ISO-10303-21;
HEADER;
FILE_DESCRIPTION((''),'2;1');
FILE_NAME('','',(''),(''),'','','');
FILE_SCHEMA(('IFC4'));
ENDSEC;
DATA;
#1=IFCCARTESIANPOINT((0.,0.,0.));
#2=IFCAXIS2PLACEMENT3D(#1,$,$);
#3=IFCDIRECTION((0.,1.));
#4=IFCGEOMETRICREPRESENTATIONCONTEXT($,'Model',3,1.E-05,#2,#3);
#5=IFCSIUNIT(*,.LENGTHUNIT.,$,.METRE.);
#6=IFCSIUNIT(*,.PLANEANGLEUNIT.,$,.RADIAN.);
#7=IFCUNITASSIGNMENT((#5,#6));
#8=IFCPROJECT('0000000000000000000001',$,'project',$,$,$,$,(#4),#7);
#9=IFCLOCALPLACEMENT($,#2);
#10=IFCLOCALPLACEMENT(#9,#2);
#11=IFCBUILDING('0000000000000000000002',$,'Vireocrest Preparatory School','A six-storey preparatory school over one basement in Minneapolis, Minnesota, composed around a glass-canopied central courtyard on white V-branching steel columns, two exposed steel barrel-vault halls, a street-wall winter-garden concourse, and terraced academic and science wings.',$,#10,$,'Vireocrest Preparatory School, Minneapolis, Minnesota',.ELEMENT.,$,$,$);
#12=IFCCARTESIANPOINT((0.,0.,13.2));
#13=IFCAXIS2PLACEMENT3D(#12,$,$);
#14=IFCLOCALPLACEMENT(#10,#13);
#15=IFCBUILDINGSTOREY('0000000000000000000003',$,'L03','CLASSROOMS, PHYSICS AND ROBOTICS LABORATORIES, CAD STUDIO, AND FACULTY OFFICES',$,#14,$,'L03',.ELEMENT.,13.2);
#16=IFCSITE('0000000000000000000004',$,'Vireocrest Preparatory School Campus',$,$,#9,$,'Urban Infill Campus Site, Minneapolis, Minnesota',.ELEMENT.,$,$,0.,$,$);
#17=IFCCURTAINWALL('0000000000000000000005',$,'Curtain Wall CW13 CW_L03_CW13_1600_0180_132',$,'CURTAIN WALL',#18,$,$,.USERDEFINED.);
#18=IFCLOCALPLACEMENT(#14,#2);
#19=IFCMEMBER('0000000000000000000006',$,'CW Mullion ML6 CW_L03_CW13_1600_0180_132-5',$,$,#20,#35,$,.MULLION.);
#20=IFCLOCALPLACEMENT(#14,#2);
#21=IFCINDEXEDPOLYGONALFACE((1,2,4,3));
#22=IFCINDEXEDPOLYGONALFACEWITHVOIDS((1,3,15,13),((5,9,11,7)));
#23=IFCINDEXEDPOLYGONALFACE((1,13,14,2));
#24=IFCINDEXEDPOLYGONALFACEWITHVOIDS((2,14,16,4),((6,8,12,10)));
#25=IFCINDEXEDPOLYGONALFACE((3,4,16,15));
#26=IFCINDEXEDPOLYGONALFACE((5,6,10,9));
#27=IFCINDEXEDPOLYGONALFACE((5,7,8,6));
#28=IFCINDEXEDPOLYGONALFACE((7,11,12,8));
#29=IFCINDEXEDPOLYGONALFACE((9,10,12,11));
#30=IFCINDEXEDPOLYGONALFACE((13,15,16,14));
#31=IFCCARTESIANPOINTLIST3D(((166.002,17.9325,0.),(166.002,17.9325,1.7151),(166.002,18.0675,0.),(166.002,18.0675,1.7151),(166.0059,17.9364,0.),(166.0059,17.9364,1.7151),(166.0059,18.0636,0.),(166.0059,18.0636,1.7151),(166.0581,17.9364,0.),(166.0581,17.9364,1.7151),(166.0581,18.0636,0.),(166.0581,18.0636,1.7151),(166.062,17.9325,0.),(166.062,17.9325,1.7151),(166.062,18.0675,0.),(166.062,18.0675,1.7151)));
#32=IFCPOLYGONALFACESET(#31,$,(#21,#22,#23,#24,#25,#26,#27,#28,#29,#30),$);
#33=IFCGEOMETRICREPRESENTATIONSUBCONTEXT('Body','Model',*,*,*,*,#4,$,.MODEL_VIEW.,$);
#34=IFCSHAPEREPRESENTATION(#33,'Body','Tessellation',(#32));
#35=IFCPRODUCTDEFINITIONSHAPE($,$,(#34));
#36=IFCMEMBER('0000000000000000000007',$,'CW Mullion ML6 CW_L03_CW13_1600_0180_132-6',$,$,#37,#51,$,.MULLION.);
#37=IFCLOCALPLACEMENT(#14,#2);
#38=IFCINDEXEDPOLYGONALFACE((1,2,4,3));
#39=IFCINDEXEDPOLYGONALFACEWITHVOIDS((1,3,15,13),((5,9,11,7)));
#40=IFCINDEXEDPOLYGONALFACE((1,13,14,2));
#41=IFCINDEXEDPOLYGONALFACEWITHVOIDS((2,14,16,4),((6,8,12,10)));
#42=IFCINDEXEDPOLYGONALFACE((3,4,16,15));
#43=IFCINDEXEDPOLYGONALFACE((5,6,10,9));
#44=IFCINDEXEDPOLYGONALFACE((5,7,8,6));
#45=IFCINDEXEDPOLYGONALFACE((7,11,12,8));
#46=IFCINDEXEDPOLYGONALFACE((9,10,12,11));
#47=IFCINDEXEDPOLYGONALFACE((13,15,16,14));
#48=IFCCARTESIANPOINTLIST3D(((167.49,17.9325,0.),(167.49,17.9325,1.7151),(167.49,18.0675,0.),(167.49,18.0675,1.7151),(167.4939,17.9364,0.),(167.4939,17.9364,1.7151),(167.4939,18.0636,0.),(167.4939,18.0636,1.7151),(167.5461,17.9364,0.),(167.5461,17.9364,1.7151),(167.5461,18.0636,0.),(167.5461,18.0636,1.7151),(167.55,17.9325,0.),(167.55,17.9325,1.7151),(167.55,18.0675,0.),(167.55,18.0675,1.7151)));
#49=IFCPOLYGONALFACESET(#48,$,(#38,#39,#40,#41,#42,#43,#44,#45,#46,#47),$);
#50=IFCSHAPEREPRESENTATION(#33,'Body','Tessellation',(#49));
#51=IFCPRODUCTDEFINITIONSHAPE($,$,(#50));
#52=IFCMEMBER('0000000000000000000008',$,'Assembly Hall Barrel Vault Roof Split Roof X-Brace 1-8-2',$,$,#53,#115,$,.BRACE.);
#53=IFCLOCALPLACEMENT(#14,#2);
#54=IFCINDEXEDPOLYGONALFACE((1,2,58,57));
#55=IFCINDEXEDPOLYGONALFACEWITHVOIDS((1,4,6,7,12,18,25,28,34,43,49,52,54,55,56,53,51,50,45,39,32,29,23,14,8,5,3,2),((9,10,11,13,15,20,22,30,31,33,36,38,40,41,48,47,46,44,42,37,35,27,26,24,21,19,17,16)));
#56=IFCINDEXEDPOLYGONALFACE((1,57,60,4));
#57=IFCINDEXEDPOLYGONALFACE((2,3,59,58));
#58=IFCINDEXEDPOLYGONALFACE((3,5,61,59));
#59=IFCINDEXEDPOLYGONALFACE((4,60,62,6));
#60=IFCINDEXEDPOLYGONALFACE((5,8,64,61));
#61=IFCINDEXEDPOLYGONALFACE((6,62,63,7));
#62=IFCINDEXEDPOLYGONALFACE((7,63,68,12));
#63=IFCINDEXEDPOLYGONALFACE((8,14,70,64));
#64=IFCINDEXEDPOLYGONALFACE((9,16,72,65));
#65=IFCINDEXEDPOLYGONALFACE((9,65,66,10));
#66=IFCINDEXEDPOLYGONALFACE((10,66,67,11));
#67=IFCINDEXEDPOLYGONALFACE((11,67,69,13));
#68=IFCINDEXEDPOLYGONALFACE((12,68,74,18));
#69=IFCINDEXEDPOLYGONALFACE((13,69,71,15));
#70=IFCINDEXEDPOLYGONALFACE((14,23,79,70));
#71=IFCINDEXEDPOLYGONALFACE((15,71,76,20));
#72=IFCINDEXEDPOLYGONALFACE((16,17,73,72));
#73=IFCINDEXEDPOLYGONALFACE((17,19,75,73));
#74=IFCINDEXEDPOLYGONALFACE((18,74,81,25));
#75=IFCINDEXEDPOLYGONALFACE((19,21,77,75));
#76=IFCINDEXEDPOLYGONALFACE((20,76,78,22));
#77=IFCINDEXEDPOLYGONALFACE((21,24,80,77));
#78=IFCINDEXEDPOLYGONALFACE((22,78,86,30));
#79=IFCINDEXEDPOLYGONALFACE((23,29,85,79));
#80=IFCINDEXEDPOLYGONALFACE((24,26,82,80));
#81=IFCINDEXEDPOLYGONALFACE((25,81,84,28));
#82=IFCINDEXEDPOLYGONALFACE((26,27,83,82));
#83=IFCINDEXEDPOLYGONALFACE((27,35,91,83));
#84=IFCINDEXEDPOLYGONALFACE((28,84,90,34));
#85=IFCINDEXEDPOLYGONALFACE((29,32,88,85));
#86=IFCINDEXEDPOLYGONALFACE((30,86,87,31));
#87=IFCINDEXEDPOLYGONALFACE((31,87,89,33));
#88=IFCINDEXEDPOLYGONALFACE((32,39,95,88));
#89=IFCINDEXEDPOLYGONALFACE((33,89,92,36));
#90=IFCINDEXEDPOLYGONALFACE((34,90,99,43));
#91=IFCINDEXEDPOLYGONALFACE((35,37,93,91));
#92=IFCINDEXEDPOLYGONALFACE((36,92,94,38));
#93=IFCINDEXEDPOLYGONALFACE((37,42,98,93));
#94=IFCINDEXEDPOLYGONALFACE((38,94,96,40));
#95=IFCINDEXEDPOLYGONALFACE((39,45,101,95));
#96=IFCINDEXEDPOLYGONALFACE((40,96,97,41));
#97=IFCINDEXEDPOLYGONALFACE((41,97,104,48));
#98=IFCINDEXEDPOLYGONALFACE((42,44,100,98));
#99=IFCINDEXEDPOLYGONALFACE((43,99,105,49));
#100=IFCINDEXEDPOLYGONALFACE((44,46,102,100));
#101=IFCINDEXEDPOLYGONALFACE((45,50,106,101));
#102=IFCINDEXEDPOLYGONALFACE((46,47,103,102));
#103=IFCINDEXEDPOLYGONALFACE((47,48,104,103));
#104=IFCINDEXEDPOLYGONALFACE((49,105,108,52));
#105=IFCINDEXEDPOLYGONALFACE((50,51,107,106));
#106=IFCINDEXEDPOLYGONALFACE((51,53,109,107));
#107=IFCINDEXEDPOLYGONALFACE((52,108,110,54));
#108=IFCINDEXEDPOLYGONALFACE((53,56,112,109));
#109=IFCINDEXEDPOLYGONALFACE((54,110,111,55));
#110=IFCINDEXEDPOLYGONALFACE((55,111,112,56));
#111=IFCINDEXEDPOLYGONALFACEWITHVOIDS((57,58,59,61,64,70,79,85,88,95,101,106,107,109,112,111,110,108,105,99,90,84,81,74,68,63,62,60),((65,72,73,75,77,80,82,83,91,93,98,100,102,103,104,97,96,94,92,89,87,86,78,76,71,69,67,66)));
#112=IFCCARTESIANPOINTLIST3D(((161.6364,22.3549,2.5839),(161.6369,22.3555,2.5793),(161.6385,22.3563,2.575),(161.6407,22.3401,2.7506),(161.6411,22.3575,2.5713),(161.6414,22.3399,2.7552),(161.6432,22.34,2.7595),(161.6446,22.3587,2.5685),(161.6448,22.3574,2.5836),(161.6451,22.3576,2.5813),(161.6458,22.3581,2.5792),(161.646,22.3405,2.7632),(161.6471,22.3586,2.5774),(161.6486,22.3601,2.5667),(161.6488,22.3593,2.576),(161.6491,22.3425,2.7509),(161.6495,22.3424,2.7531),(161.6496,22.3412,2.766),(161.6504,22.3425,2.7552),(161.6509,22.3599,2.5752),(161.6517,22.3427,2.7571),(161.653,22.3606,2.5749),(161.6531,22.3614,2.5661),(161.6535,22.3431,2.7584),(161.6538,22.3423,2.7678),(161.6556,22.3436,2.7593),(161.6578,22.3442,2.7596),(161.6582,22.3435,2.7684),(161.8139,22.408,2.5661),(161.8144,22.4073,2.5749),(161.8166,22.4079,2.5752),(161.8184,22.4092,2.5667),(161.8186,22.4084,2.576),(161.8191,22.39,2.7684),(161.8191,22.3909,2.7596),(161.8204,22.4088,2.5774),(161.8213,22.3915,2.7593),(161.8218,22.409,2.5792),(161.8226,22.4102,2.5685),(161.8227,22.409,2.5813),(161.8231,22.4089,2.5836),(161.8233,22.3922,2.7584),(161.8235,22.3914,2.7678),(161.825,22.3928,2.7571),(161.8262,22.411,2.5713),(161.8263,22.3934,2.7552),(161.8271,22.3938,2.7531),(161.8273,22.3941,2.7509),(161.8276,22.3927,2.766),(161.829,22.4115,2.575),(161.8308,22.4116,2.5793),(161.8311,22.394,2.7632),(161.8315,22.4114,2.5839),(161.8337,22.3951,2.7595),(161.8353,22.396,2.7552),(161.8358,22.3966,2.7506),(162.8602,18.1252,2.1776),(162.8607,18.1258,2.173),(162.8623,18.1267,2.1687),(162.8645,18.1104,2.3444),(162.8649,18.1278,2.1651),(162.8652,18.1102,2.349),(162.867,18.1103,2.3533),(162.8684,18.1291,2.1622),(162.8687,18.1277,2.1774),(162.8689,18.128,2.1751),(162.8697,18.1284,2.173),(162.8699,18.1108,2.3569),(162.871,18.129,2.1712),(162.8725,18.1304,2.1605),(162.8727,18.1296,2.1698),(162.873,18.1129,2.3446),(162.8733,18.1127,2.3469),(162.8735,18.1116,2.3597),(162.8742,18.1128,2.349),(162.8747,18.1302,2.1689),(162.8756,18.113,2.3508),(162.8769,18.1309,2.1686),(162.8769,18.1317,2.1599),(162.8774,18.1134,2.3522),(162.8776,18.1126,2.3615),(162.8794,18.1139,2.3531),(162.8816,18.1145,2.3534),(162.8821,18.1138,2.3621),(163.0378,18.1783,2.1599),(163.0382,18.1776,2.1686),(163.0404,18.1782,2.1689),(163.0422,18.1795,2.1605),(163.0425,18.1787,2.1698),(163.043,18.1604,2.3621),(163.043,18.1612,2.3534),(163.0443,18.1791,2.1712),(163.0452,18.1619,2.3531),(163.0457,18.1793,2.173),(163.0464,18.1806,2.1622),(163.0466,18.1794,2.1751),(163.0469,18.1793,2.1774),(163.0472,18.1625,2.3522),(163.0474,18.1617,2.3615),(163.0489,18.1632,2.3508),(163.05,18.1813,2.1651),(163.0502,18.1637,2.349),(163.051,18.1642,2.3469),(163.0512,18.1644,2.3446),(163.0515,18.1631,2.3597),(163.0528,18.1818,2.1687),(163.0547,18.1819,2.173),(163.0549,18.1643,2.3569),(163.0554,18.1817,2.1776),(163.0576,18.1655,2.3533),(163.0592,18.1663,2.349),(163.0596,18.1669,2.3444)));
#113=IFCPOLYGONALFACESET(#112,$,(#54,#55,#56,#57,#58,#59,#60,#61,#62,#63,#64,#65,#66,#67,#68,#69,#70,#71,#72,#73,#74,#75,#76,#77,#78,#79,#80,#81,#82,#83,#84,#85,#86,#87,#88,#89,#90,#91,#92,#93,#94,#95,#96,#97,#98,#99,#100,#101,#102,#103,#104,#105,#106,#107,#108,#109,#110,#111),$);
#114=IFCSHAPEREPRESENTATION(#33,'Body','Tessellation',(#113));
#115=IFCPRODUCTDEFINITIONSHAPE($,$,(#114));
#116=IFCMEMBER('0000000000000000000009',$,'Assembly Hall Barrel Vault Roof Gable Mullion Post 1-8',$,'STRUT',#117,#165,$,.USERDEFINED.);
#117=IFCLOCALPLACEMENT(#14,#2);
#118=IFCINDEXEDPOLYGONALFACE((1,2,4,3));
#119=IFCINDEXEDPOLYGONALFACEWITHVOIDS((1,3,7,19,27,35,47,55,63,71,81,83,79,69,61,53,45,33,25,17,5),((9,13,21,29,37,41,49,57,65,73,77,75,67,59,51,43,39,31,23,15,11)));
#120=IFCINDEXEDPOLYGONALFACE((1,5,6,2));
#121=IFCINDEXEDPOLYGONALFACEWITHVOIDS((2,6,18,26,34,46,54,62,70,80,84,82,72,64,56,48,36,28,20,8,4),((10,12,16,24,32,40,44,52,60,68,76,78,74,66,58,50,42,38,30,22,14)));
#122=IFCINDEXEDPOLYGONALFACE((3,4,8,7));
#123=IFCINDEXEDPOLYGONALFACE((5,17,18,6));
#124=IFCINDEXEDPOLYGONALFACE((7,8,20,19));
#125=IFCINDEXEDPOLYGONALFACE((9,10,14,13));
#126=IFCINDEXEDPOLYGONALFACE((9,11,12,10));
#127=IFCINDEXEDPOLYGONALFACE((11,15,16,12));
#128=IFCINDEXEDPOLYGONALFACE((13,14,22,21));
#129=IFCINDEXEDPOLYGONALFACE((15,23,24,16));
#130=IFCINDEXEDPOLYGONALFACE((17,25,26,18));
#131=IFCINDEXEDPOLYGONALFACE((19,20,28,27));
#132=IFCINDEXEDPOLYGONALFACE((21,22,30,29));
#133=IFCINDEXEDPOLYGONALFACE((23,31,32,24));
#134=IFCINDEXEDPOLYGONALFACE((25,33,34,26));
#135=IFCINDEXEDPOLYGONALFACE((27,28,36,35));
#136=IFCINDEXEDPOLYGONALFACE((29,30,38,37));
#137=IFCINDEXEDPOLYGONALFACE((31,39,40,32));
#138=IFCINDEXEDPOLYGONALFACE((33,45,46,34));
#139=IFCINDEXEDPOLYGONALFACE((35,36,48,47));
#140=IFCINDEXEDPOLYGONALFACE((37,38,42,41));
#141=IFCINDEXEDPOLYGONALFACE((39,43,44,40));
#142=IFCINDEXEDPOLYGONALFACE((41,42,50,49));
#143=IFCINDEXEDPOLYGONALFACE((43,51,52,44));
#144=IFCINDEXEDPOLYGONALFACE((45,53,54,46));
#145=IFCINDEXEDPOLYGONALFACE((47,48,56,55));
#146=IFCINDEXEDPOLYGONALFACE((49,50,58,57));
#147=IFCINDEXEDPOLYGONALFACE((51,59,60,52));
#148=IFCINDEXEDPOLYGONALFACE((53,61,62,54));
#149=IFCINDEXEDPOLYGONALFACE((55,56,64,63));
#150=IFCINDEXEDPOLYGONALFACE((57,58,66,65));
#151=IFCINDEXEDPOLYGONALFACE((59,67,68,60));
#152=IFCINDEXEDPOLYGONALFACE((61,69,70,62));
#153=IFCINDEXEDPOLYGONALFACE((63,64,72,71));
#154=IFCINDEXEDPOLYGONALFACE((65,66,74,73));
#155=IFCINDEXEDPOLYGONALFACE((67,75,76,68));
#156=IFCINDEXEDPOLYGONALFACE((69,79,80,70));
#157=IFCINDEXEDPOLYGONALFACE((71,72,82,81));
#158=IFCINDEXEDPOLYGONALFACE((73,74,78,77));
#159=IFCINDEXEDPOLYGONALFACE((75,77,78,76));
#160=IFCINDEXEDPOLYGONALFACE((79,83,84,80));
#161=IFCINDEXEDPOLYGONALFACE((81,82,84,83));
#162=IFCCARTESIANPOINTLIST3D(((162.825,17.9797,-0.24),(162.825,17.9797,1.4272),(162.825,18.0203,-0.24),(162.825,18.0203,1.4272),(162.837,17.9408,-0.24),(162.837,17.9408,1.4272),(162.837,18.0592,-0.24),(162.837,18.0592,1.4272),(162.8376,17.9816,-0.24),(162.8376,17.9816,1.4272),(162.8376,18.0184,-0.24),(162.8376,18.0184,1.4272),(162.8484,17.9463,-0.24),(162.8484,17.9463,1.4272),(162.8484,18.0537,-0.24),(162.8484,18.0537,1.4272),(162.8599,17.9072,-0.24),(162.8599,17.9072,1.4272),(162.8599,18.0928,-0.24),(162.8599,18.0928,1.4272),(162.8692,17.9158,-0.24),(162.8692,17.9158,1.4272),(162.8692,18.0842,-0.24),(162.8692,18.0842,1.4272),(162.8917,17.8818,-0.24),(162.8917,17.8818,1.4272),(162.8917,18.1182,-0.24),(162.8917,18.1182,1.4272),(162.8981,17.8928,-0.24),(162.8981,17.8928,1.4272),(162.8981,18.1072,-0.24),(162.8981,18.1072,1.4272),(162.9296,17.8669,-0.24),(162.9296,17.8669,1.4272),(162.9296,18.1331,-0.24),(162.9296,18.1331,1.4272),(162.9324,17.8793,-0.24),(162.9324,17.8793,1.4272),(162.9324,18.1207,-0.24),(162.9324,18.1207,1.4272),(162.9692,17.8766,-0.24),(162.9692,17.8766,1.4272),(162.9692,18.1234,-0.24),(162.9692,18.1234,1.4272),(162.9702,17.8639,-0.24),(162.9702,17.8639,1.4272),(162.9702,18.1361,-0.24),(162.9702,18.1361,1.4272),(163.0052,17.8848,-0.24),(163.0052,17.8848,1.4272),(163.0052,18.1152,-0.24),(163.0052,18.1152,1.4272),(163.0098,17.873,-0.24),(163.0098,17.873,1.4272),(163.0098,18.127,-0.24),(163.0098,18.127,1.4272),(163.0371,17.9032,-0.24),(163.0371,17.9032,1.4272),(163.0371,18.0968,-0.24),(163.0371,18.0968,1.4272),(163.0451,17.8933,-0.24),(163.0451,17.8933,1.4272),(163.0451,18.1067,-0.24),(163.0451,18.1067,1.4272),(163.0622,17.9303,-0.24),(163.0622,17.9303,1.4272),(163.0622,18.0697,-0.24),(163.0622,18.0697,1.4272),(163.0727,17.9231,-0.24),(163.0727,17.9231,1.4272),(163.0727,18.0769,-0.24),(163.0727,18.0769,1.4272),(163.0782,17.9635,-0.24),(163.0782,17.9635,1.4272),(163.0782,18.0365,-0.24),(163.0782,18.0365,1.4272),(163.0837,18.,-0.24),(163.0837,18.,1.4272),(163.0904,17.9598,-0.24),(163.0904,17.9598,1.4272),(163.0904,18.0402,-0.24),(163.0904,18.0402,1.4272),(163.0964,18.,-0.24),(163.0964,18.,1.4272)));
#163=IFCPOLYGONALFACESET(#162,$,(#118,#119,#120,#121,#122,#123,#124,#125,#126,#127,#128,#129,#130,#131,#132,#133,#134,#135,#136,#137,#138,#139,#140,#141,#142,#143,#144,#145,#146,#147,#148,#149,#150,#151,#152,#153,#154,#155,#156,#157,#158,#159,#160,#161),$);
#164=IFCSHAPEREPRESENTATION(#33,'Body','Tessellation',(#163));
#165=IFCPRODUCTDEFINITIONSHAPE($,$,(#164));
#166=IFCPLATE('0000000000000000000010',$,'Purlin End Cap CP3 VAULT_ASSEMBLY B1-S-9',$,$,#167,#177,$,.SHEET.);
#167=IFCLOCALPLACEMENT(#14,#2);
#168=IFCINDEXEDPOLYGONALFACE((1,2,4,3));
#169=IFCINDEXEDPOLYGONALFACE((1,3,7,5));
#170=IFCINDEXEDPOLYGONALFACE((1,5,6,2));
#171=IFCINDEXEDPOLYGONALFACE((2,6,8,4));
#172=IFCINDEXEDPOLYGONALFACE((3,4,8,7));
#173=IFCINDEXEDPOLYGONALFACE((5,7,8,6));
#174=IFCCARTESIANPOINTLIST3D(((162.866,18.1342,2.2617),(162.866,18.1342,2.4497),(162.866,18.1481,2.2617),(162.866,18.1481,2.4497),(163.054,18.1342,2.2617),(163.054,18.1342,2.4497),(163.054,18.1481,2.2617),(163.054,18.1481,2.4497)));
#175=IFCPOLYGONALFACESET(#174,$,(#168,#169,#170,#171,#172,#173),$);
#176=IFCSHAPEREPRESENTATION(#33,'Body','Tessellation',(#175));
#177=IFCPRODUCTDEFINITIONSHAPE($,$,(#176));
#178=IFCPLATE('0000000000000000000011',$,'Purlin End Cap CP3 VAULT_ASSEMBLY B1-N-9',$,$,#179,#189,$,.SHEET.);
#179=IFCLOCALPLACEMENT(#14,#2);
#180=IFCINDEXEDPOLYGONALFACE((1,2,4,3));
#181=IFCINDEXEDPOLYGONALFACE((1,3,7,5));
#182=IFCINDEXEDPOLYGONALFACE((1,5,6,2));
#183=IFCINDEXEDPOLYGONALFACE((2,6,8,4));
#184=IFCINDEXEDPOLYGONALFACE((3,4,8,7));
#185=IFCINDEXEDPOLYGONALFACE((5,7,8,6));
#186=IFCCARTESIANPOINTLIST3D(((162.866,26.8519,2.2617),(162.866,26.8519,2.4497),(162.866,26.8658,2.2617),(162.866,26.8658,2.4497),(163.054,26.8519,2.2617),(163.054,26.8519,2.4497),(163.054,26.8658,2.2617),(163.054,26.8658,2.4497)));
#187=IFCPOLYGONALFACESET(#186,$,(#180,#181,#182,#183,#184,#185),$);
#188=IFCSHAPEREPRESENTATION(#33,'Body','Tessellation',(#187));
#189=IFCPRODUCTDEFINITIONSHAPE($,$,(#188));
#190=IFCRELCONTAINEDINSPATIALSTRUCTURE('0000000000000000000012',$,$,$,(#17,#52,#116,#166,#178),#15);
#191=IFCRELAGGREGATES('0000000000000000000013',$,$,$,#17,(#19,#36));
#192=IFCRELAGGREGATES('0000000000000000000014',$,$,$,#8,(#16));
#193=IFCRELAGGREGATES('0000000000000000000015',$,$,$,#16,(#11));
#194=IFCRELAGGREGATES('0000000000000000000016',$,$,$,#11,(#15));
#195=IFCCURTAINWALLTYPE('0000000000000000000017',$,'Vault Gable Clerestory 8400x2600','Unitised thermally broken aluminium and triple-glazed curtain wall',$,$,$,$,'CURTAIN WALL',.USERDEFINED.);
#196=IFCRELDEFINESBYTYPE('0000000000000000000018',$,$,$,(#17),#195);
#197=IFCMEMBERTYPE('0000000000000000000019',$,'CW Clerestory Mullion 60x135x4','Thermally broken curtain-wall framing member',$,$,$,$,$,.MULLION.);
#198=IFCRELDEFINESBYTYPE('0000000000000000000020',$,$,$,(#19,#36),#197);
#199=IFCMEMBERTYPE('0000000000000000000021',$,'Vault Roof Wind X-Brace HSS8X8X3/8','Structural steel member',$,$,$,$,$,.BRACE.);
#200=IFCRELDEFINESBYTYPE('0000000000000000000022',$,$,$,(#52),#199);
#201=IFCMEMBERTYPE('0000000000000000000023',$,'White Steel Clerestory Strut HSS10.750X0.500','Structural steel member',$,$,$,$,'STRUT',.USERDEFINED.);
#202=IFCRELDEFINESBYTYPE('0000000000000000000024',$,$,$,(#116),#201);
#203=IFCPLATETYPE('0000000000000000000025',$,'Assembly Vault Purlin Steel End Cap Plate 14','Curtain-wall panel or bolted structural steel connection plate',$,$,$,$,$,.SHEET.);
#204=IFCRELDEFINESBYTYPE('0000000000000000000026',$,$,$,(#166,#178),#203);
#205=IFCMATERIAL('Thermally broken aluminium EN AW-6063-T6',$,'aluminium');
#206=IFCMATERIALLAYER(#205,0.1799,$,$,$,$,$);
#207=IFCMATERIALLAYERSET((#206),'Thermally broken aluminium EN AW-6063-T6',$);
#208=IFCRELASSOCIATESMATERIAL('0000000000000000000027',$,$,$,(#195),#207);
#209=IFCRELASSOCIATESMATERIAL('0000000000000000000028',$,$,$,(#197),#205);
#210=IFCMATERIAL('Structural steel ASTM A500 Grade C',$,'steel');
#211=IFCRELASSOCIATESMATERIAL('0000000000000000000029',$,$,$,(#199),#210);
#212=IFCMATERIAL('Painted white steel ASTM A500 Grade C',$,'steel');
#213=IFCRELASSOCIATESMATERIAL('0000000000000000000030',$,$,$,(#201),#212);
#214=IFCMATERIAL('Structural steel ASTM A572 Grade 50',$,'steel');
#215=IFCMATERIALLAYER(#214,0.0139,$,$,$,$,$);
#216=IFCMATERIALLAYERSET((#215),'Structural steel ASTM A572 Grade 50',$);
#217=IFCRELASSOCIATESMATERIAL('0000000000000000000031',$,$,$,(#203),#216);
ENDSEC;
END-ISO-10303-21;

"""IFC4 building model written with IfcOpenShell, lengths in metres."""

from ifc_helpers import new_model, si_unit, direction, frame, origin, origin_2d, place, context, subcontext, project, spatial, rectangle, hollow_rectangle, hollow_circle, extrude, material, layer, layer_set, material_profile, profile_set, type_object, element, aggregate, save


model = new_model("IFC4")

# Units and contexts
model_context = context("Model", 3, precision=1e-05, world=origin(), true_north=direction((0.0, 1.0)))
body_context = subcontext(model_context, "Body", "Model", "MODEL_VIEW")
ifc_project = project(units=[si_unit("LENGTHUNIT", "METRE"), si_unit("PLANEANGLEUNIT", "RADIAN")], contexts=[model_context])

# Site, building, storey
site_placement = place(None, origin())
site = spatial("IfcSite", under=ifc_project, at=site_placement, Name="Vireocrest Preparatory School Campus", LongName="Urban Infill Campus Site, Minneapolis, Minnesota", CompositionType="ELEMENT", RefElevation=0.0)
building_placement = place(site_placement, origin())
building = spatial("IfcBuilding", under=site, at=building_placement, Name="Vireocrest Preparatory School", Description="A six-storey preparatory school over one basement in Minneapolis, Minnesota, composed around a glass-canopied central courtyard on white V-branching steel columns, two exposed steel barrel-vault halls, a street-wall winter-garden concourse, and terraced academic and science wings.", LongName="Vireocrest Preparatory School, Minneapolis, Minnesota", CompositionType="ELEMENT")
storey_placement = place(building_placement, frame((0.0, 0.0, 13.2)))
storey = spatial("IfcBuildingStorey", under=building, at=storey_placement, Name="L03", Description="CLASSROOMS, PHYSICS AND ROBOTICS LABORATORIES, CAD STUDIO, AND FACULTY OFFICES", LongName="L03", CompositionType="ELEMENT", Elevation=13.2)

# Shared definitions
ifc_material_1 = material(Name="Structural steel ASTM A500 Grade C", Category="steel")

# Curtain wall, members
ifc_material_2 = material(Name="Thermally broken aluminium EN AW-6063-T6", Category="aluminium")
ifc_layer_1 = layer(ifc_material_2, 0.1799)
ifc_layer_set_1 = layer_set([ifc_layer_1], Name="Thermally broken aluminium EN AW-6063-T6")
curtain_wall_type = type_object("IfcCurtainWallType", Name="Vault Gable Clerestory 8400x2600", Description="Unitised thermally broken aluminium and triple-glazed curtain wall", ElementType="CURTAIN WALL", PredefinedType="USERDEFINED", material=ifc_layer_set_1)
curtain_wall_placement = place(storey_placement, origin())
curtain_wall = element("IfcCurtainWall", 1, at=curtain_wall_placement, inside=storey, type_object=curtain_wall_type, Name="Curtain Wall CW13 CW_L03_CW13_1600_0180_132", ObjectType="CURTAIN WALL", PredefinedType="USERDEFINED")
ifc_material_profile_1 = material_profile(ifc_material_2, hollow_rectangle(XDim=0.0601, YDim=0.135, WallThickness=0.0039, at=origin_2d()), Name="ALU 60x135x4")
ifc_profile_set_1 = profile_set([ifc_material_profile_1], Name="Thermally broken aluminium EN AW-6063-T6")
member_type_1 = type_object("IfcMemberType", Name="CW Clerestory Mullion 60x135x4", Description="Thermally broken curtain-wall framing member", PredefinedType="MULLION", material=ifc_profile_set_1)
member_1_placement = place(storey_placement, frame((166.032, 18.0, 0.0), z_axis=(0.0, 0.0, 1.0), x_axis=(1.0, 0.0, 0.0)))
member_1 = element("IfcMember", 2, at=member_1_placement, type_object=member_type_1, Name="CW Mullion ML6 CW_L03_CW13_1600_0180_132-5", PredefinedType="MULLION", context=body_context, shape_type="SweptSolid", body=[
    extrude(hollow_rectangle(XDim=0.0601, YDim=0.135, WallThickness=0.0039, at=origin_2d()), origin(), (0.0, 0.0, 1.0), 1.7151),
])
member_2_placement = place(storey_placement, frame((167.52, 18.0, 0.0), z_axis=(0.0, 0.0, 1.0), x_axis=(1.0, 0.0, 0.0)))
member_2 = element("IfcMember", 3, at=member_2_placement, type_object=member_type_1, Name="CW Mullion ML6 CW_L03_CW13_1600_0180_132-6", PredefinedType="MULLION", context=body_context, shape_type="SweptSolid", body=[
    extrude(hollow_rectangle(XDim=0.0601, YDim=0.135, WallThickness=0.0039, at=origin_2d()), origin(), (0.0, 0.0, 1.0), 1.7151),
])

# Members
ifc_material_profile_2 = material_profile(ifc_material_1, hollow_rectangle(XDim=0.2031, YDim=0.2031, WallThickness=0.0088, InnerFilletRadius=0.0088, OuterFilletRadius=0.0178, at=origin_2d()), Name="HSS8X8X3/8")
ifc_profile_set_2 = profile_set([ifc_material_profile_2], Name="Structural steel ASTM A500 Grade C")
member_type_2 = type_object("IfcMemberType", Name="Vault Roof Wind X-Brace HSS8X8X3/8", Description="Structural steel member", PredefinedType="BRACE", material=ifc_profile_set_2)
member_3_placement = place(storey_placement, frame((161.7361, 22.3757, 2.6672), z_axis=(0.276774, -0.956533, -0.091871), x_axis=(0.960596, 0.277949, 0.0)))
element("IfcMember", 4, at=member_3_placement, inside=storey, type_object=member_type_2, Name="Assembly Hall Barrel Vault Roof Split Roof X-Brace 1-8-2", PredefinedType="BRACE", context=body_context, shape_type="SweptSolid", body=[
    extrude(hollow_rectangle(XDim=0.2031, YDim=0.2031, WallThickness=0.0088, InnerFilletRadius=0.0088, OuterFilletRadius=0.0178, at=origin_2d()), origin(), (0.0, 0.0, 1.0), 4.4219),
])
ifc_material_3 = material(Name="Painted white steel ASTM A500 Grade C", Category="steel")
ifc_material_profile_3 = material_profile(ifc_material_3, hollow_circle(Radius=0.1365, WallThickness=0.0127, at=origin_2d()), Name="HSS10.750X0.500")
ifc_profile_set_3 = profile_set([ifc_material_profile_3], Name="Painted white steel ASTM A500 Grade C")
member_type_3 = type_object("IfcMemberType", Name="White Steel Clerestory Strut HSS10.750X0.500", Description="Structural steel member", ElementType="STRUT", PredefinedType="USERDEFINED", material=ifc_profile_set_3)
member_4_placement = place(storey_placement, frame((162.96, 18.0, -0.24), z_axis=(0.0, 0.0, 1.0), x_axis=(1.0, 0.0, 0.0)))
element("IfcMember", 5, at=member_4_placement, inside=storey, type_object=member_type_3, Name="Assembly Hall Barrel Vault Roof Gable Mullion Post 1-8", ObjectType="STRUT", PredefinedType="USERDEFINED", context=body_context, shape_type="SweptSolid", body=[
    extrude(hollow_circle(Radius=0.1365, WallThickness=0.0127, at=origin_2d()), origin(), (0.0, 0.0, 1.0), 1.6672),
])

# Plates
ifc_material_4 = material(Name="Structural steel ASTM A572 Grade 50", Category="steel")
ifc_layer_2 = layer(ifc_material_4, 0.0139)
ifc_layer_set_2 = layer_set([ifc_layer_2], Name="Structural steel ASTM A572 Grade 50")
plate_type_1 = type_object("IfcPlateType", Name="Assembly Vault Purlin Steel End Cap Plate 14", Description="Curtain-wall panel or bolted structural steel connection plate", PredefinedType="SHEET", material=ifc_layer_set_2)
for number, where, z_axis, x_axis, name in (
    (6, (162.96, 18.1411, 2.2617), (0.0, 0.0, 1.0), (1.0, 0.0, 0.0), "Purlin End Cap CP3 VAULT_ASSEMBLY B1-S-9"),
    (7, (162.96, 26.8589, 2.2617), (0.0, 0.0, 1.0), (1.0, 0.0, 0.0), "Purlin End Cap CP3 VAULT_ASSEMBLY B1-N-9"),
):
    element("IfcPlate", number, at=place(storey_placement, frame(where, z_axis=z_axis, x_axis=x_axis)), inside=storey, type_object=plate_type_1, Name=name, PredefinedType="SHEET", context=body_context, shape_type="SweptSolid", body=[
        extrude(rectangle(XDim=0.188, YDim=0.0139, at=origin_2d()), origin(), (0.0, 0.0, 1.0), 0.188),
    ])

aggregate(curtain_wall, [member_1, member_2])

save(model, "model.ifc")
